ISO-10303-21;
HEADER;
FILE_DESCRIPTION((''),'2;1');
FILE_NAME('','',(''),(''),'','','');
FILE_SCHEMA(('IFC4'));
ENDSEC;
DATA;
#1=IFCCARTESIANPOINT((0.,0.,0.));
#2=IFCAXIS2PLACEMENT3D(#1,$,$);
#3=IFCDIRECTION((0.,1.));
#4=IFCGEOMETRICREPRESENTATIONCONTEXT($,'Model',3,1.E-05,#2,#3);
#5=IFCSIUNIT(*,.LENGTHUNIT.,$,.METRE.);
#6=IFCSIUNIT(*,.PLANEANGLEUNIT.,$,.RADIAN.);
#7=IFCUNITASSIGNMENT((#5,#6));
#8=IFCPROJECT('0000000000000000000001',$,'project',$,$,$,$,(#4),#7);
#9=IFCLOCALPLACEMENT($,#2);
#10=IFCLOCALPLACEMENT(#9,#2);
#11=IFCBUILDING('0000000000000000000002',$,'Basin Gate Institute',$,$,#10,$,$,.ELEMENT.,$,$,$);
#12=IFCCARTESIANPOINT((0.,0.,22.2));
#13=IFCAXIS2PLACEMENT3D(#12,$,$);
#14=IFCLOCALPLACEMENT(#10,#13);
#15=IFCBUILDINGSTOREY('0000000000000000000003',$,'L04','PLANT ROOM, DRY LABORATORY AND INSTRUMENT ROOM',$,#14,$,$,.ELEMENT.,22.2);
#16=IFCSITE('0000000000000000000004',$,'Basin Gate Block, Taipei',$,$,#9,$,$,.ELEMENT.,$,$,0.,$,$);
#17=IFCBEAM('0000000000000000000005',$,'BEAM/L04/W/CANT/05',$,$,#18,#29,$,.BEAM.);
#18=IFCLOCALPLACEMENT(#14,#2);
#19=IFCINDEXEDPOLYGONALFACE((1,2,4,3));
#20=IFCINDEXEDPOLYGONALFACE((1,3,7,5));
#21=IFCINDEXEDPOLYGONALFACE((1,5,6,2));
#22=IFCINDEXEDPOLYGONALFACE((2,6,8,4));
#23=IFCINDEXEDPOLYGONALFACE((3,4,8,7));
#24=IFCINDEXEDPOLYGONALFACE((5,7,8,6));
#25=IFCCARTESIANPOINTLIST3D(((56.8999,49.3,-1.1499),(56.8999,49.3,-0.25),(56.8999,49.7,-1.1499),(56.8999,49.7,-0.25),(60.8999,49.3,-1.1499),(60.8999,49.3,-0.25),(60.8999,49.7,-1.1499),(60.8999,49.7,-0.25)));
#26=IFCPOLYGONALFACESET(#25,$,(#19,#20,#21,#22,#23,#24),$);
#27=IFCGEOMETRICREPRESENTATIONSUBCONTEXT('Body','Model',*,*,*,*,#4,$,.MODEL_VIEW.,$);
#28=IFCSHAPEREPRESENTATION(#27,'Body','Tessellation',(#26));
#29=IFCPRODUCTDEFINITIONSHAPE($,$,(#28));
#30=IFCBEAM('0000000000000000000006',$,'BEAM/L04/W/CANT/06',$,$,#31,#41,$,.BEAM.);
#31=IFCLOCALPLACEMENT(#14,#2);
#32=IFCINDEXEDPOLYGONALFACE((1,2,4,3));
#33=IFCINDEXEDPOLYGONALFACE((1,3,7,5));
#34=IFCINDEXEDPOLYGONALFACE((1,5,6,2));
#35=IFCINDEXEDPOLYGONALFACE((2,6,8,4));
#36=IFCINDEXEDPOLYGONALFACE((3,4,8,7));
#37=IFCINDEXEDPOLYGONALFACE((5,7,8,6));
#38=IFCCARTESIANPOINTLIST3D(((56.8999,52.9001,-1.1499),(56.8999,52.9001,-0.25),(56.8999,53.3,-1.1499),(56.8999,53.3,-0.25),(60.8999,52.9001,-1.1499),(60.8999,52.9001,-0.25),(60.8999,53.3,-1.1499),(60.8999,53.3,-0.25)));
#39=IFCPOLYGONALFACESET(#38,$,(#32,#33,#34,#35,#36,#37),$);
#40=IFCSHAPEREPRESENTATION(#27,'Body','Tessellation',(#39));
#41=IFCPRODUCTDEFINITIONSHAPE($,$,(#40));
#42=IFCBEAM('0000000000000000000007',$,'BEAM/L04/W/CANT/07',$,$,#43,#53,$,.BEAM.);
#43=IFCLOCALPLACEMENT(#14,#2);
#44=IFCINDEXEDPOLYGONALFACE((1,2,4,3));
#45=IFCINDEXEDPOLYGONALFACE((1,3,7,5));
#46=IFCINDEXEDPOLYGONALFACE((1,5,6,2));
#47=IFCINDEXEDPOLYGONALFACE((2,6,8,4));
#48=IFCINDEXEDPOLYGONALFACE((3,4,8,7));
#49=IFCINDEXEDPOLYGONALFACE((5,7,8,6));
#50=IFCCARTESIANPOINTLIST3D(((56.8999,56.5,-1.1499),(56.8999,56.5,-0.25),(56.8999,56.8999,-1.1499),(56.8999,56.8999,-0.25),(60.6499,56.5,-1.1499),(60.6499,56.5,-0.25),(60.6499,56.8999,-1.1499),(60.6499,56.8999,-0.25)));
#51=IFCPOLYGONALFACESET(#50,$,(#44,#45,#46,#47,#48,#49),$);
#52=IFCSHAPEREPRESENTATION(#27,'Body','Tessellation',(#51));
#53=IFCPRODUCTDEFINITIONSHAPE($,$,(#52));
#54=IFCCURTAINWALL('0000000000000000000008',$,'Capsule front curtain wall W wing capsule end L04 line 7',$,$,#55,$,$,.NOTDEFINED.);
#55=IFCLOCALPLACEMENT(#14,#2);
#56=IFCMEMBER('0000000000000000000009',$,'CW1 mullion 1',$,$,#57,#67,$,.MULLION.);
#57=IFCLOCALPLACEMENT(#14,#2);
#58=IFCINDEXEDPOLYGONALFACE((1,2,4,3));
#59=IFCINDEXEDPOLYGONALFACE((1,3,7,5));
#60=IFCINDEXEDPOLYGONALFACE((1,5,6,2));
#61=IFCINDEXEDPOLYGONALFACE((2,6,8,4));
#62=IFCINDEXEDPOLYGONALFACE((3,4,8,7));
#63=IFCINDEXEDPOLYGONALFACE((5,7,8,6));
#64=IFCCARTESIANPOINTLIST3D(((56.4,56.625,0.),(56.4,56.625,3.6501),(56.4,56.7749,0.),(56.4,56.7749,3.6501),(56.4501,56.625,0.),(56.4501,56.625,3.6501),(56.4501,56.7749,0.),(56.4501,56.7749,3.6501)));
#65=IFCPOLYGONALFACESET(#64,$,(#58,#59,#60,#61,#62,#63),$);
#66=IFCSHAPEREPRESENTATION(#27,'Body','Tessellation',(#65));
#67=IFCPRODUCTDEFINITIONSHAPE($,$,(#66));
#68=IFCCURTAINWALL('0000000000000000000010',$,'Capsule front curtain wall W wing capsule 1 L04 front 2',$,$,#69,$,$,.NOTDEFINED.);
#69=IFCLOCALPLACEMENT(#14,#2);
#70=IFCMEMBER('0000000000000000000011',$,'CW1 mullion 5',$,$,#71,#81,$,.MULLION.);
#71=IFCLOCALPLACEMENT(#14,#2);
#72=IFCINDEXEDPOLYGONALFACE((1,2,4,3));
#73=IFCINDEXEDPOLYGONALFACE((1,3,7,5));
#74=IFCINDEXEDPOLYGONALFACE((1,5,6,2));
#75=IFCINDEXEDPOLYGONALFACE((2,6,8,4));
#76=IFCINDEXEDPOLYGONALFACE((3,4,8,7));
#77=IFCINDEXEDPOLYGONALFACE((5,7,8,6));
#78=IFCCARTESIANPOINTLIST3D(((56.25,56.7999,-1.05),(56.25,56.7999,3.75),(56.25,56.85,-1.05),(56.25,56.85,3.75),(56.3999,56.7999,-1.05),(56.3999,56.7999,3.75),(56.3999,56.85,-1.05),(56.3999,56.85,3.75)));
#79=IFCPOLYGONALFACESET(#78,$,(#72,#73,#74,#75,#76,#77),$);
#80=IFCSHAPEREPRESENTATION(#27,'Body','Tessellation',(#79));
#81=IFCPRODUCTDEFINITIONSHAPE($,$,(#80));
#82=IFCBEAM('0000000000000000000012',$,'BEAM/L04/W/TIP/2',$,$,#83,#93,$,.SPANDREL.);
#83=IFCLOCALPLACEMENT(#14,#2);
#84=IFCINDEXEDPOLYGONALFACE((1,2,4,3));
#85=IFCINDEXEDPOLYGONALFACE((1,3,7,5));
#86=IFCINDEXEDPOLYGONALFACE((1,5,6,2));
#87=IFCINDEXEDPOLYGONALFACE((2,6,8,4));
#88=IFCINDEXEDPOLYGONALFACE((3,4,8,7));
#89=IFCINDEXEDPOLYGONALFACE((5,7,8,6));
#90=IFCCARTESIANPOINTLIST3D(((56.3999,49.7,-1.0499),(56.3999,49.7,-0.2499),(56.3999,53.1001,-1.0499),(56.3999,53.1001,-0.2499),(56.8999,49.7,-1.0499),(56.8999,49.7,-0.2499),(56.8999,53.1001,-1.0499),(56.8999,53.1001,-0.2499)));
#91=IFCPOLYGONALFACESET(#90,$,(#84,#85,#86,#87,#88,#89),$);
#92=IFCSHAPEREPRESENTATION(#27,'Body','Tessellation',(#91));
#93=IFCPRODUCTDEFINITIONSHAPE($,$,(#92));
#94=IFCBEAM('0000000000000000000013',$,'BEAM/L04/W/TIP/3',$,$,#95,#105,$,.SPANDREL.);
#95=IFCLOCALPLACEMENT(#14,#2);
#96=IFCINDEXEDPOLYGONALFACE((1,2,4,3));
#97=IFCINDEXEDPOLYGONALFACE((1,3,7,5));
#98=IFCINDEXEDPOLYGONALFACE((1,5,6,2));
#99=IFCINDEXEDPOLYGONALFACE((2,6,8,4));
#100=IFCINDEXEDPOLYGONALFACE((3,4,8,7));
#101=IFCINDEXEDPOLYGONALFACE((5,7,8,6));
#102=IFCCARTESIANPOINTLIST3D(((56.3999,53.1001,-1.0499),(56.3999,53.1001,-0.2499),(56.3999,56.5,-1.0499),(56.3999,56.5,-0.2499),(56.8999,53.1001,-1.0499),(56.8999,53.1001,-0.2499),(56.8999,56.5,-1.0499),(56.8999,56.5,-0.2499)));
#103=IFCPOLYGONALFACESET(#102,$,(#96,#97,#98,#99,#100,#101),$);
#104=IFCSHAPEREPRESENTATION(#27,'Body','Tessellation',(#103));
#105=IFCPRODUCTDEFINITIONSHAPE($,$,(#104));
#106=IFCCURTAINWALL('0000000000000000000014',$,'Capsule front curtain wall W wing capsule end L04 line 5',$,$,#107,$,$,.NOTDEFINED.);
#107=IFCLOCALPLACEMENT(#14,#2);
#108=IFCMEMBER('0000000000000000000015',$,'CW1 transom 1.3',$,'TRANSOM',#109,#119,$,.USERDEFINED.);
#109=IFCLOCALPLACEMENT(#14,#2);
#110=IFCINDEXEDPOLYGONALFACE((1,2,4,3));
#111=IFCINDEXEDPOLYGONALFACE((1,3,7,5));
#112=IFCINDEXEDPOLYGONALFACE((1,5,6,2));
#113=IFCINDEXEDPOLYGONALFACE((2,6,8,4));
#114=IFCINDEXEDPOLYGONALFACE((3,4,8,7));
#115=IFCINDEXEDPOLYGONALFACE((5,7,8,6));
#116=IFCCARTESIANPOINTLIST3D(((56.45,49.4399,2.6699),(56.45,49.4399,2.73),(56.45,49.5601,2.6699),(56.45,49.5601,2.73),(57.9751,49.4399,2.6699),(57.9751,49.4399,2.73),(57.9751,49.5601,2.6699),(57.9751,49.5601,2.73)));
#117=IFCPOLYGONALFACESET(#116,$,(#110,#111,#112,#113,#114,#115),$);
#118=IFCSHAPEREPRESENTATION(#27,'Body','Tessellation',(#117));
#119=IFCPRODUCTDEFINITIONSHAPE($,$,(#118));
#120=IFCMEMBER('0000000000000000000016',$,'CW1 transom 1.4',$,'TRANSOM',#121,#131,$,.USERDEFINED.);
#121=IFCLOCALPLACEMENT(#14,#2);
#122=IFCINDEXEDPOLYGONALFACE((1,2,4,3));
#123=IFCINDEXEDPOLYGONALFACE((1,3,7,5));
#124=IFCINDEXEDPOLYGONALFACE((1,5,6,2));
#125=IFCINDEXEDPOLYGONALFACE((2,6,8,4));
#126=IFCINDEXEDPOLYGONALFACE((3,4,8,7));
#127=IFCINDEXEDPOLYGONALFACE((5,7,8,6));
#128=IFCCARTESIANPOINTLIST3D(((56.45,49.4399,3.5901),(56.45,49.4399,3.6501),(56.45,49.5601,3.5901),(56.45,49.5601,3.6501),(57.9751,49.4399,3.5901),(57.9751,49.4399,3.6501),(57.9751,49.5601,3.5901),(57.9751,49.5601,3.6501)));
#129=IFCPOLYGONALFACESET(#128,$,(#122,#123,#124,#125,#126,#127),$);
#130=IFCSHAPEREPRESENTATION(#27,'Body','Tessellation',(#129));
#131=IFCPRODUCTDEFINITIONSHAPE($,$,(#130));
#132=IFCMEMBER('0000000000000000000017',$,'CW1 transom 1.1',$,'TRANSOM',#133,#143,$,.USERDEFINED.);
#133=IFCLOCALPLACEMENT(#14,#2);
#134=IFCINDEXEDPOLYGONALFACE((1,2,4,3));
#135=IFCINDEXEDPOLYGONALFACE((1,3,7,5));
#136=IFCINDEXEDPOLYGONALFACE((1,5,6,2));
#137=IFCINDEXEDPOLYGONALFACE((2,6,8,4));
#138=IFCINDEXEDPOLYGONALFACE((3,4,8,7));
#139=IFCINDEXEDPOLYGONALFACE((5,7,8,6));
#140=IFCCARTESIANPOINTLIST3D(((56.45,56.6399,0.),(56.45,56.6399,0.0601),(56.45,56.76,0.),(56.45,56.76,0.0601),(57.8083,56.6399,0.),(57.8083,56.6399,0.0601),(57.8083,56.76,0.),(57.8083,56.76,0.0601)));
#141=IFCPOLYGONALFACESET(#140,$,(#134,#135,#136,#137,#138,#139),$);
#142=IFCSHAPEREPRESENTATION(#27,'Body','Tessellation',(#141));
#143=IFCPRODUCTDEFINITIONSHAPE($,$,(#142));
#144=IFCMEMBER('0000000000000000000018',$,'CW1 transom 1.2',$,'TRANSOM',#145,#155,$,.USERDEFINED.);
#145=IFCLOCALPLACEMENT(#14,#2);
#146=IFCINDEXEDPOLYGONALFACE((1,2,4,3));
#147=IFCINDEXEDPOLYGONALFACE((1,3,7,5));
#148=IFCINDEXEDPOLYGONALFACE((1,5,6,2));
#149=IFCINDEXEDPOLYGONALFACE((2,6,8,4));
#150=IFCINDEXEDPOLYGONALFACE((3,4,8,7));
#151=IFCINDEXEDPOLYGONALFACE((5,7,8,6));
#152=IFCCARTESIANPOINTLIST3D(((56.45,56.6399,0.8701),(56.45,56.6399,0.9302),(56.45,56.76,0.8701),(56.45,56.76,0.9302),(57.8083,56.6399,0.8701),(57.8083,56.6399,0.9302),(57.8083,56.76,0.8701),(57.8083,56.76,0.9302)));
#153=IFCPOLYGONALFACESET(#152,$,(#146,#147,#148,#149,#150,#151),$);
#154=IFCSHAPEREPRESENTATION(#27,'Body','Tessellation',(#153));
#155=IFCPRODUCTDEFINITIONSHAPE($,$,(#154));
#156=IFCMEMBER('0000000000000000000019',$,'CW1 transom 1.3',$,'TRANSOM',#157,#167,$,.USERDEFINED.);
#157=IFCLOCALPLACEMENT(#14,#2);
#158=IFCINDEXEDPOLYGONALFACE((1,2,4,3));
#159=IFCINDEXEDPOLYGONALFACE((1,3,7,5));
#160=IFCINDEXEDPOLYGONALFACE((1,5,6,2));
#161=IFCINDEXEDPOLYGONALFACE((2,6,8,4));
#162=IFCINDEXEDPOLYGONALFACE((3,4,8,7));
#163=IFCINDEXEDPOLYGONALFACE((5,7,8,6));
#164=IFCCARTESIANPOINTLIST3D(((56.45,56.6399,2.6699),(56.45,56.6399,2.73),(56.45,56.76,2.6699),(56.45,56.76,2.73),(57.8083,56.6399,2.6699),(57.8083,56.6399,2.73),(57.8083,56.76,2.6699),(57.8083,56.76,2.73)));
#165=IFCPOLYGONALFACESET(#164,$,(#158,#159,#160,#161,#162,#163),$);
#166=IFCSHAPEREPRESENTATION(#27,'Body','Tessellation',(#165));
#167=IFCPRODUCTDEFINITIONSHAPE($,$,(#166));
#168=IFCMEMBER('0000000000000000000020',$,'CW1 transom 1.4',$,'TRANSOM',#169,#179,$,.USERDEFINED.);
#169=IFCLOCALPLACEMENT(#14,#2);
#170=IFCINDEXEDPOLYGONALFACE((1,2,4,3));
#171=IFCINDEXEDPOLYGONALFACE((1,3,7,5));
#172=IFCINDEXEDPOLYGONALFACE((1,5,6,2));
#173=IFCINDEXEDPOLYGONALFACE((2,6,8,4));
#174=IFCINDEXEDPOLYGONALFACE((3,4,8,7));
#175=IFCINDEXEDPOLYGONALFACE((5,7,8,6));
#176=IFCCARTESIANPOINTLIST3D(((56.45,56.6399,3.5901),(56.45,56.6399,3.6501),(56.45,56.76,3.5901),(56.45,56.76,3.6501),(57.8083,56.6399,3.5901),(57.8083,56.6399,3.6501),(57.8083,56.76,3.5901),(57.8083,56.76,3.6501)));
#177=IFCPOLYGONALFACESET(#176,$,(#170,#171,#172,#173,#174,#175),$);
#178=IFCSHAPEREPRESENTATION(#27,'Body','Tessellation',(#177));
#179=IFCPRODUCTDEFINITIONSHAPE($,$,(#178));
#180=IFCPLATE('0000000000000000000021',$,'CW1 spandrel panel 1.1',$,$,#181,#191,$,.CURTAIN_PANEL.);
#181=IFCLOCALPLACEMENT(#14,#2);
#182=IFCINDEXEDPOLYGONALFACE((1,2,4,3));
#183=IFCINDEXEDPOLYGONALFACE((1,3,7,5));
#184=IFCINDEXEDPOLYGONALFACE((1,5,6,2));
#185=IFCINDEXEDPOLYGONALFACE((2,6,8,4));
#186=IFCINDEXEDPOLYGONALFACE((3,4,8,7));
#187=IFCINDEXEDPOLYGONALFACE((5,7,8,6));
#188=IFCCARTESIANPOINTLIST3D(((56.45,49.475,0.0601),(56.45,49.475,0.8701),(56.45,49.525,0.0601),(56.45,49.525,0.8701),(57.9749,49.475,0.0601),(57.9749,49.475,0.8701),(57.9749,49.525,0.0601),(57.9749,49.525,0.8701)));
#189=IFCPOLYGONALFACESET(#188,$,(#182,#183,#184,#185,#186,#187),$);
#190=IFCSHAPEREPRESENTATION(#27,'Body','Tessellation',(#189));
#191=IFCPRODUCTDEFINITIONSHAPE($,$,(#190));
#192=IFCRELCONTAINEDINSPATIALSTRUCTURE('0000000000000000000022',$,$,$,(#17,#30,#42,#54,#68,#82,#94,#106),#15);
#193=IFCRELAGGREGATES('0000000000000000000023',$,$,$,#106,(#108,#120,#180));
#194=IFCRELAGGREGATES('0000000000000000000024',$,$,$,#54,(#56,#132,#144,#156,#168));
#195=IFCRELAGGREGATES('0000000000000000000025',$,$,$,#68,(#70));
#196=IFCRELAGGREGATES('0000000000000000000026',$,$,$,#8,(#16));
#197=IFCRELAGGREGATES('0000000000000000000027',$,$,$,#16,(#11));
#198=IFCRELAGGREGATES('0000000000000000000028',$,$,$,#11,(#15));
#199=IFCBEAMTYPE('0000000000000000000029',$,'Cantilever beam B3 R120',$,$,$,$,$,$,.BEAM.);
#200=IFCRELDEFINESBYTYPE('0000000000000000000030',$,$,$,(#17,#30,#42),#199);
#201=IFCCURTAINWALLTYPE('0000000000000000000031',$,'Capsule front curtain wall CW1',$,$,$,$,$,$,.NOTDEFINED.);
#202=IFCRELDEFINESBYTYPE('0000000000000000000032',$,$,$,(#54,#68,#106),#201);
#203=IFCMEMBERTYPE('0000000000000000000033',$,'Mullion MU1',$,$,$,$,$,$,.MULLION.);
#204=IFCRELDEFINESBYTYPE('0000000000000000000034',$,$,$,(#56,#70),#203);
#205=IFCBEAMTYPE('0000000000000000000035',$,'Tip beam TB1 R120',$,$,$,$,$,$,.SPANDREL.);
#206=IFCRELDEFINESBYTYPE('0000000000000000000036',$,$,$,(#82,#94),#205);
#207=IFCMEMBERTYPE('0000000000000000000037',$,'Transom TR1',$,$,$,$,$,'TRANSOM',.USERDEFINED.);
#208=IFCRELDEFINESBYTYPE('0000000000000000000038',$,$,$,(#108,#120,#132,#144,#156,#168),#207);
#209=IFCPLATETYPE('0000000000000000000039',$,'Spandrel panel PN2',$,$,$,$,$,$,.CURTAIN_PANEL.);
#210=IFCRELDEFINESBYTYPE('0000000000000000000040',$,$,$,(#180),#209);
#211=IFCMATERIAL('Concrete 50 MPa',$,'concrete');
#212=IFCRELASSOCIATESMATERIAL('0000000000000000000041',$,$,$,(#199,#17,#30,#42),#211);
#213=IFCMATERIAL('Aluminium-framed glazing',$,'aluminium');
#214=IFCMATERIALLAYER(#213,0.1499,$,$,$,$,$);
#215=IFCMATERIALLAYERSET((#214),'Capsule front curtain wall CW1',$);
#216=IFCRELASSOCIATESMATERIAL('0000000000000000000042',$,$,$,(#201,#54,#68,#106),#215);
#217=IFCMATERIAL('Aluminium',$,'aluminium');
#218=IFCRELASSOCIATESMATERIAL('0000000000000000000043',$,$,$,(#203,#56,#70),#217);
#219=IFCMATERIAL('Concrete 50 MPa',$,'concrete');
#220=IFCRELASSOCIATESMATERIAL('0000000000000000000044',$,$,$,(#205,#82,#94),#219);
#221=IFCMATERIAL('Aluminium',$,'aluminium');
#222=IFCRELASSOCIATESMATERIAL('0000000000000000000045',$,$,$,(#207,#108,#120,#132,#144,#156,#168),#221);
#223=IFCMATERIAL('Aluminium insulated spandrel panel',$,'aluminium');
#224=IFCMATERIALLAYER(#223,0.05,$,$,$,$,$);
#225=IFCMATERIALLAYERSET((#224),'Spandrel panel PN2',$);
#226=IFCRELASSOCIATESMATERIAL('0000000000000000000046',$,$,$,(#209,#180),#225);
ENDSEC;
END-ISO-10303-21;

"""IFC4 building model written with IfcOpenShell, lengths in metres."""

from ifc_helpers import new_model, si_unit, direction, frame, origin, origin_2d, place, context, subcontext, project, spatial, rectangle, extrude, material, layer, layer_set, material_profile, profile_set, type_object, element, aggregate, save


model = new_model("IFC4")

# Units and contexts
model_context = context("Model", 3, precision=1e-05, world=origin(), true_north=direction((0.0, 1.0)))
body_context = subcontext(model_context, "Body", "Model", "MODEL_VIEW")
ifc_project = project(units=[si_unit("LENGTHUNIT", "METRE"), si_unit("PLANEANGLEUNIT", "RADIAN")], contexts=[model_context])

# Site, building, storey
site_placement = place(None, origin())
site = spatial("IfcSite", under=ifc_project, at=site_placement, Name="Basin Gate Block, Taipei", CompositionType="ELEMENT", RefElevation=0.0)
building_placement = place(site_placement, origin())
building = spatial("IfcBuilding", under=site, at=building_placement, Name="Basin Gate Institute", CompositionType="ELEMENT")
storey_placement = place(building_placement, frame((0.0, 0.0, 22.2)))
storey = spatial("IfcBuildingStorey", under=building, at=storey_placement, Name="L04", Description="PLANT ROOM, DRY LABORATORY AND INSTRUMENT ROOM", CompositionType="ELEMENT", Elevation=22.2)

# Beams
ifc_material_1 = material(Name="Concrete 50 MPa", Category="concrete")
ifc_material_profile_1 = material_profile(ifc_material_1, rectangle(XDim=0.3999, YDim=0.8999, at=origin_2d()), Name="Cantilever beam B3 400 x 900")
ifc_profile_set_1 = profile_set([ifc_material_profile_1], Name="Concrete 50 MPa")
beam_type_1 = type_object("IfcBeamType", Name="Cantilever beam B3 R120", PredefinedType="BEAM", material=ifc_profile_set_1)
for number, where, z_axis, x_axis, name in (
    (1, (56.8999, 49.5, -0.7), (1.0, 0.0, 0.0), (0.0, 1.0, 0.0), "BEAM/L04/W/CANT/05"),
    (2, (56.8999, 53.1001, -0.7), (1.0, 0.0, 0.0), (0.0, 1.0, 0.0), "BEAM/L04/W/CANT/06"),
):
    element("IfcBeam", number, at=place(storey_placement, frame(where, z_axis=z_axis, x_axis=x_axis)), inside=storey, type_object=beam_type_1, material=ifc_profile_set_1, Name=name, PredefinedType="BEAM", context=body_context, shape_type="SweptSolid", body=[
        extrude(rectangle(XDim=0.3999, YDim=0.8999, at=origin_2d()), origin(), (0.0, 0.0, 1.0), 4.0),
    ])
beam_1_placement = place(storey_placement, frame((56.8999, 56.7, -0.7), z_axis=(1.0, 0.0, 0.0), x_axis=(0.0, 1.0, 0.0)))
element("IfcBeam", 3, at=beam_1_placement, inside=storey, type_object=beam_type_1, material=ifc_profile_set_1, Name="BEAM/L04/W/CANT/07", PredefinedType="BEAM", context=body_context, shape_type="SweptSolid", body=[
    extrude(rectangle(XDim=0.3999, YDim=0.8999, at=origin_2d()), origin(), (0.0, 0.0, 1.0), 3.75),
])

# Curtain walls, members
ifc_material_2 = material(Name="Aluminium-framed glazing", Category="aluminium")
ifc_layer_1 = layer(ifc_material_2, 0.1499)
ifc_layer_set_1 = layer_set([ifc_layer_1], Name="Capsule front curtain wall CW1")
curtain_wall_type = type_object("IfcCurtainWallType", Name="Capsule front curtain wall CW1", PredefinedType="NOTDEFINED", material=ifc_layer_set_1)
curtain_wall_1_placement = place(storey_placement, origin())
curtain_wall_1 = element("IfcCurtainWall", 4, at=curtain_wall_1_placement, inside=storey, type_object=curtain_wall_type, material=ifc_layer_set_1, Name="Capsule front curtain wall W wing capsule end L04 line 7", PredefinedType="NOTDEFINED")
ifc_material_3 = material(Name="Aluminium", Category="aluminium")
ifc_material_profile_2 = material_profile(ifc_material_3, rectangle(XDim=0.1499, YDim=0.05, at=origin_2d()), Name="Mullion MU1 150 x 50")
ifc_profile_set_2 = profile_set([ifc_material_profile_2], Name="Aluminium")
member_type_1 = type_object("IfcMemberType", Name="Mullion MU1", PredefinedType="MULLION", material=ifc_profile_set_2)
member_1_placement = place(storey_placement, frame((56.425, 56.7, 0.0), z_axis=(0.0, 0.0, 1.0), x_axis=(0.0, 1.0, 0.0)))
member_1 = element("IfcMember", 5, at=member_1_placement, type_object=member_type_1, material=ifc_profile_set_2, Name="CW1 mullion 1", PredefinedType="MULLION", context=body_context, shape_type="SweptSolid", body=[
    extrude(rectangle(XDim=0.1499, YDim=0.05, at=origin_2d()), origin(), (0.0, 0.0, 1.0), 3.6501),
])
curtain_wall_2_placement = place(storey_placement, origin())
curtain_wall_2 = element("IfcCurtainWall", 6, at=curtain_wall_2_placement, inside=storey, type_object=curtain_wall_type, material=ifc_layer_set_1, Name="Capsule front curtain wall W wing capsule 1 L04 front 2", PredefinedType="NOTDEFINED")
member_2_placement = place(storey_placement, frame((56.325, 56.825, -1.05), z_axis=(0.0, 0.0, 1.0), x_axis=(-1.0, 0.0, 0.0)))
member_2 = element("IfcMember", 7, at=member_2_placement, type_object=member_type_1, material=ifc_profile_set_2, Name="CW1 mullion 5", PredefinedType="MULLION", context=body_context, shape_type="SweptSolid", body=[
    extrude(rectangle(XDim=0.1499, YDim=0.05, at=origin_2d()), origin(), (0.0, 0.0, 1.0), 4.8),
])

# Beams
ifc_material_4 = material(Name="Concrete 50 MPa", Category="concrete")
ifc_material_profile_3 = material_profile(ifc_material_4, rectangle(XDim=0.5, YDim=0.8, at=origin_2d()), Name="Tip beam TB1 500 x 800")
ifc_profile_set_3 = profile_set([ifc_material_profile_3], Name="Concrete 50 MPa")
beam_type_2 = type_object("IfcBeamType", Name="Tip beam TB1 R120", PredefinedType="SPANDREL", material=ifc_profile_set_3)
beam_2_placement = place(storey_placement, frame((56.6499, 49.7, -0.6499), z_axis=(0.0, 1.0, 0.0), x_axis=(-1.0, 0.0, 0.0)))
element("IfcBeam", 8, at=beam_2_placement, inside=storey, type_object=beam_type_2, material=ifc_profile_set_3, Name="BEAM/L04/W/TIP/2", PredefinedType="SPANDREL", context=body_context, shape_type="SweptSolid", body=[
    extrude(rectangle(XDim=0.5, YDim=0.8, at=origin_2d()), origin(), (0.0, 0.0, 1.0), 3.4001),
])
beam_3_placement = place(storey_placement, frame((56.6499, 53.1001, -0.6499), z_axis=(0.0, 1.0, 0.0), x_axis=(-1.0, 0.0, 0.0)))
element("IfcBeam", 9, at=beam_3_placement, inside=storey, type_object=beam_type_2, material=ifc_profile_set_3, Name="BEAM/L04/W/TIP/3", PredefinedType="SPANDREL", context=body_context, shape_type="SweptSolid", body=[
    extrude(rectangle(XDim=0.5, YDim=0.8, at=origin_2d()), origin(), (0.0, 0.0, 1.0), 3.3999),
])

# Curtain wall, members
curtain_wall_3_placement = place(storey_placement, origin())
curtain_wall_3 = element("IfcCurtainWall", 10, at=curtain_wall_3_placement, inside=storey, type_object=curtain_wall_type, material=ifc_layer_set_1, Name="Capsule front curtain wall W wing capsule end L04 line 5", PredefinedType="NOTDEFINED")
ifc_material_5 = material(Name="Aluminium", Category="aluminium")
ifc_material_profile_4 = material_profile(ifc_material_5, rectangle(XDim=0.1201, YDim=0.0601, at=origin_2d()), Name="Transom TR1 120 x 60")
ifc_profile_set_4 = profile_set([ifc_material_profile_4], Name="Aluminium")
member_type_2 = type_object("IfcMemberType", Name="Transom TR1", ElementType="TRANSOM", PredefinedType="USERDEFINED", material=ifc_profile_set_4)
member_3_placement = place(storey_placement, frame((56.45, 49.5, 2.7), z_axis=(1.0, 0.0, 0.0), x_axis=(0.0, 1.0, 0.0)))
member_3 = element("IfcMember", 11, at=member_3_placement, type_object=member_type_2, material=ifc_profile_set_4, Name="CW1 transom 1.3", ObjectType="TRANSOM", PredefinedType="USERDEFINED", context=body_context, shape_type="SweptSolid", body=[
    extrude(rectangle(XDim=0.1201, YDim=0.0601, at=origin_2d()), origin(), (0.0, 0.0, 1.0), 1.5251),
])
member_4_placement = place(storey_placement, frame((56.45, 49.5, 3.6201), z_axis=(1.0, 0.0, 0.0), x_axis=(0.0, 1.0, 0.0)))
member_4 = element("IfcMember", 12, at=member_4_placement, type_object=member_type_2, material=ifc_profile_set_4, Name="CW1 transom 1.4", ObjectType="TRANSOM", PredefinedType="USERDEFINED", context=body_context, shape_type="SweptSolid", body=[
    extrude(rectangle(XDim=0.1201, YDim=0.0601, at=origin_2d()), origin(), (0.0, 0.0, 1.0), 1.5251),
])

# Members
member_5_placement = place(storey_placement, frame((56.45, 56.7, 0.03), z_axis=(1.0, 0.0, 0.0), x_axis=(0.0, 1.0, 0.0)))
member_5 = element("IfcMember", 13, at=member_5_placement, type_object=member_type_2, material=ifc_profile_set_4, Name="CW1 transom 1.1", ObjectType="TRANSOM", PredefinedType="USERDEFINED", context=body_context, shape_type="SweptSolid", body=[
    extrude(rectangle(XDim=0.1201, YDim=0.0601, at=origin_2d()), origin(), (0.0, 0.0, 1.0), 1.3584),
])
member_6_placement = place(storey_placement, frame((56.45, 56.7, 0.9001), z_axis=(1.0, 0.0, 0.0), x_axis=(0.0, 1.0, 0.0)))
member_6 = element("IfcMember", 14, at=member_6_placement, type_object=member_type_2, material=ifc_profile_set_4, Name="CW1 transom 1.2", ObjectType="TRANSOM", PredefinedType="USERDEFINED", context=body_context, shape_type="SweptSolid", body=[
    extrude(rectangle(XDim=0.1201, YDim=0.0601, at=origin_2d()), origin(), (0.0, 0.0, 1.0), 1.3584),
])
member_7_placement = place(storey_placement, frame((56.45, 56.7, 2.7), z_axis=(1.0, 0.0, 0.0), x_axis=(0.0, 1.0, 0.0)))
member_7 = element("IfcMember", 15, at=member_7_placement, type_object=member_type_2, material=ifc_profile_set_4, Name="CW1 transom 1.3", ObjectType="TRANSOM", PredefinedType="USERDEFINED", context=body_context, shape_type="SweptSolid", body=[
    extrude(rectangle(XDim=0.1201, YDim=0.0601, at=origin_2d()), origin(), (0.0, 0.0, 1.0), 1.3584),
])
member_8_placement = place(storey_placement, frame((56.45, 56.7, 3.6201), z_axis=(1.0, 0.0, 0.0), x_axis=(0.0, 1.0, 0.0)))
member_8 = element("IfcMember", 16, at=member_8_placement, type_object=member_type_2, material=ifc_profile_set_4, Name="CW1 transom 1.4", ObjectType="TRANSOM", PredefinedType="USERDEFINED", context=body_context, shape_type="SweptSolid", body=[
    extrude(rectangle(XDim=0.1201, YDim=0.0601, at=origin_2d()), origin(), (0.0, 0.0, 1.0), 1.3584),
])

# Plate
ifc_material_6 = material(Name="Aluminium insulated spandrel panel", Category="aluminium")
ifc_layer_2 = layer(ifc_material_6, 0.05)
ifc_layer_set_2 = layer_set([ifc_layer_2], Name="Spandrel panel PN2")
plate_type_1 = type_object("IfcPlateType", Name="Spandrel panel PN2", PredefinedType="CURTAIN_PANEL", material=ifc_layer_set_2)
plate_1_placement = place(storey_placement, frame((57.2124, 49.5, 0.0601), z_axis=(0.0, 0.0, 1.0), x_axis=(1.0, 0.0, 0.0)))
plate_1 = element("IfcPlate", 17, at=plate_1_placement, type_object=plate_type_1, material=ifc_layer_set_2, Name="CW1 spandrel panel 1.1", PredefinedType="CURTAIN_PANEL", context=body_context, shape_type="SweptSolid", body=[
    extrude(rectangle(XDim=1.5249, YDim=0.05, at=origin_2d()), origin(), (0.0, 0.0, 1.0), 0.8101),
])
aggregate(curtain_wall_3, [member_3, member_4, plate_1])
aggregate(curtain_wall_1, [member_1, member_5, member_6, member_7, member_8])
aggregate(curtain_wall_2, [member_2])

save(model, "model.ifc")
